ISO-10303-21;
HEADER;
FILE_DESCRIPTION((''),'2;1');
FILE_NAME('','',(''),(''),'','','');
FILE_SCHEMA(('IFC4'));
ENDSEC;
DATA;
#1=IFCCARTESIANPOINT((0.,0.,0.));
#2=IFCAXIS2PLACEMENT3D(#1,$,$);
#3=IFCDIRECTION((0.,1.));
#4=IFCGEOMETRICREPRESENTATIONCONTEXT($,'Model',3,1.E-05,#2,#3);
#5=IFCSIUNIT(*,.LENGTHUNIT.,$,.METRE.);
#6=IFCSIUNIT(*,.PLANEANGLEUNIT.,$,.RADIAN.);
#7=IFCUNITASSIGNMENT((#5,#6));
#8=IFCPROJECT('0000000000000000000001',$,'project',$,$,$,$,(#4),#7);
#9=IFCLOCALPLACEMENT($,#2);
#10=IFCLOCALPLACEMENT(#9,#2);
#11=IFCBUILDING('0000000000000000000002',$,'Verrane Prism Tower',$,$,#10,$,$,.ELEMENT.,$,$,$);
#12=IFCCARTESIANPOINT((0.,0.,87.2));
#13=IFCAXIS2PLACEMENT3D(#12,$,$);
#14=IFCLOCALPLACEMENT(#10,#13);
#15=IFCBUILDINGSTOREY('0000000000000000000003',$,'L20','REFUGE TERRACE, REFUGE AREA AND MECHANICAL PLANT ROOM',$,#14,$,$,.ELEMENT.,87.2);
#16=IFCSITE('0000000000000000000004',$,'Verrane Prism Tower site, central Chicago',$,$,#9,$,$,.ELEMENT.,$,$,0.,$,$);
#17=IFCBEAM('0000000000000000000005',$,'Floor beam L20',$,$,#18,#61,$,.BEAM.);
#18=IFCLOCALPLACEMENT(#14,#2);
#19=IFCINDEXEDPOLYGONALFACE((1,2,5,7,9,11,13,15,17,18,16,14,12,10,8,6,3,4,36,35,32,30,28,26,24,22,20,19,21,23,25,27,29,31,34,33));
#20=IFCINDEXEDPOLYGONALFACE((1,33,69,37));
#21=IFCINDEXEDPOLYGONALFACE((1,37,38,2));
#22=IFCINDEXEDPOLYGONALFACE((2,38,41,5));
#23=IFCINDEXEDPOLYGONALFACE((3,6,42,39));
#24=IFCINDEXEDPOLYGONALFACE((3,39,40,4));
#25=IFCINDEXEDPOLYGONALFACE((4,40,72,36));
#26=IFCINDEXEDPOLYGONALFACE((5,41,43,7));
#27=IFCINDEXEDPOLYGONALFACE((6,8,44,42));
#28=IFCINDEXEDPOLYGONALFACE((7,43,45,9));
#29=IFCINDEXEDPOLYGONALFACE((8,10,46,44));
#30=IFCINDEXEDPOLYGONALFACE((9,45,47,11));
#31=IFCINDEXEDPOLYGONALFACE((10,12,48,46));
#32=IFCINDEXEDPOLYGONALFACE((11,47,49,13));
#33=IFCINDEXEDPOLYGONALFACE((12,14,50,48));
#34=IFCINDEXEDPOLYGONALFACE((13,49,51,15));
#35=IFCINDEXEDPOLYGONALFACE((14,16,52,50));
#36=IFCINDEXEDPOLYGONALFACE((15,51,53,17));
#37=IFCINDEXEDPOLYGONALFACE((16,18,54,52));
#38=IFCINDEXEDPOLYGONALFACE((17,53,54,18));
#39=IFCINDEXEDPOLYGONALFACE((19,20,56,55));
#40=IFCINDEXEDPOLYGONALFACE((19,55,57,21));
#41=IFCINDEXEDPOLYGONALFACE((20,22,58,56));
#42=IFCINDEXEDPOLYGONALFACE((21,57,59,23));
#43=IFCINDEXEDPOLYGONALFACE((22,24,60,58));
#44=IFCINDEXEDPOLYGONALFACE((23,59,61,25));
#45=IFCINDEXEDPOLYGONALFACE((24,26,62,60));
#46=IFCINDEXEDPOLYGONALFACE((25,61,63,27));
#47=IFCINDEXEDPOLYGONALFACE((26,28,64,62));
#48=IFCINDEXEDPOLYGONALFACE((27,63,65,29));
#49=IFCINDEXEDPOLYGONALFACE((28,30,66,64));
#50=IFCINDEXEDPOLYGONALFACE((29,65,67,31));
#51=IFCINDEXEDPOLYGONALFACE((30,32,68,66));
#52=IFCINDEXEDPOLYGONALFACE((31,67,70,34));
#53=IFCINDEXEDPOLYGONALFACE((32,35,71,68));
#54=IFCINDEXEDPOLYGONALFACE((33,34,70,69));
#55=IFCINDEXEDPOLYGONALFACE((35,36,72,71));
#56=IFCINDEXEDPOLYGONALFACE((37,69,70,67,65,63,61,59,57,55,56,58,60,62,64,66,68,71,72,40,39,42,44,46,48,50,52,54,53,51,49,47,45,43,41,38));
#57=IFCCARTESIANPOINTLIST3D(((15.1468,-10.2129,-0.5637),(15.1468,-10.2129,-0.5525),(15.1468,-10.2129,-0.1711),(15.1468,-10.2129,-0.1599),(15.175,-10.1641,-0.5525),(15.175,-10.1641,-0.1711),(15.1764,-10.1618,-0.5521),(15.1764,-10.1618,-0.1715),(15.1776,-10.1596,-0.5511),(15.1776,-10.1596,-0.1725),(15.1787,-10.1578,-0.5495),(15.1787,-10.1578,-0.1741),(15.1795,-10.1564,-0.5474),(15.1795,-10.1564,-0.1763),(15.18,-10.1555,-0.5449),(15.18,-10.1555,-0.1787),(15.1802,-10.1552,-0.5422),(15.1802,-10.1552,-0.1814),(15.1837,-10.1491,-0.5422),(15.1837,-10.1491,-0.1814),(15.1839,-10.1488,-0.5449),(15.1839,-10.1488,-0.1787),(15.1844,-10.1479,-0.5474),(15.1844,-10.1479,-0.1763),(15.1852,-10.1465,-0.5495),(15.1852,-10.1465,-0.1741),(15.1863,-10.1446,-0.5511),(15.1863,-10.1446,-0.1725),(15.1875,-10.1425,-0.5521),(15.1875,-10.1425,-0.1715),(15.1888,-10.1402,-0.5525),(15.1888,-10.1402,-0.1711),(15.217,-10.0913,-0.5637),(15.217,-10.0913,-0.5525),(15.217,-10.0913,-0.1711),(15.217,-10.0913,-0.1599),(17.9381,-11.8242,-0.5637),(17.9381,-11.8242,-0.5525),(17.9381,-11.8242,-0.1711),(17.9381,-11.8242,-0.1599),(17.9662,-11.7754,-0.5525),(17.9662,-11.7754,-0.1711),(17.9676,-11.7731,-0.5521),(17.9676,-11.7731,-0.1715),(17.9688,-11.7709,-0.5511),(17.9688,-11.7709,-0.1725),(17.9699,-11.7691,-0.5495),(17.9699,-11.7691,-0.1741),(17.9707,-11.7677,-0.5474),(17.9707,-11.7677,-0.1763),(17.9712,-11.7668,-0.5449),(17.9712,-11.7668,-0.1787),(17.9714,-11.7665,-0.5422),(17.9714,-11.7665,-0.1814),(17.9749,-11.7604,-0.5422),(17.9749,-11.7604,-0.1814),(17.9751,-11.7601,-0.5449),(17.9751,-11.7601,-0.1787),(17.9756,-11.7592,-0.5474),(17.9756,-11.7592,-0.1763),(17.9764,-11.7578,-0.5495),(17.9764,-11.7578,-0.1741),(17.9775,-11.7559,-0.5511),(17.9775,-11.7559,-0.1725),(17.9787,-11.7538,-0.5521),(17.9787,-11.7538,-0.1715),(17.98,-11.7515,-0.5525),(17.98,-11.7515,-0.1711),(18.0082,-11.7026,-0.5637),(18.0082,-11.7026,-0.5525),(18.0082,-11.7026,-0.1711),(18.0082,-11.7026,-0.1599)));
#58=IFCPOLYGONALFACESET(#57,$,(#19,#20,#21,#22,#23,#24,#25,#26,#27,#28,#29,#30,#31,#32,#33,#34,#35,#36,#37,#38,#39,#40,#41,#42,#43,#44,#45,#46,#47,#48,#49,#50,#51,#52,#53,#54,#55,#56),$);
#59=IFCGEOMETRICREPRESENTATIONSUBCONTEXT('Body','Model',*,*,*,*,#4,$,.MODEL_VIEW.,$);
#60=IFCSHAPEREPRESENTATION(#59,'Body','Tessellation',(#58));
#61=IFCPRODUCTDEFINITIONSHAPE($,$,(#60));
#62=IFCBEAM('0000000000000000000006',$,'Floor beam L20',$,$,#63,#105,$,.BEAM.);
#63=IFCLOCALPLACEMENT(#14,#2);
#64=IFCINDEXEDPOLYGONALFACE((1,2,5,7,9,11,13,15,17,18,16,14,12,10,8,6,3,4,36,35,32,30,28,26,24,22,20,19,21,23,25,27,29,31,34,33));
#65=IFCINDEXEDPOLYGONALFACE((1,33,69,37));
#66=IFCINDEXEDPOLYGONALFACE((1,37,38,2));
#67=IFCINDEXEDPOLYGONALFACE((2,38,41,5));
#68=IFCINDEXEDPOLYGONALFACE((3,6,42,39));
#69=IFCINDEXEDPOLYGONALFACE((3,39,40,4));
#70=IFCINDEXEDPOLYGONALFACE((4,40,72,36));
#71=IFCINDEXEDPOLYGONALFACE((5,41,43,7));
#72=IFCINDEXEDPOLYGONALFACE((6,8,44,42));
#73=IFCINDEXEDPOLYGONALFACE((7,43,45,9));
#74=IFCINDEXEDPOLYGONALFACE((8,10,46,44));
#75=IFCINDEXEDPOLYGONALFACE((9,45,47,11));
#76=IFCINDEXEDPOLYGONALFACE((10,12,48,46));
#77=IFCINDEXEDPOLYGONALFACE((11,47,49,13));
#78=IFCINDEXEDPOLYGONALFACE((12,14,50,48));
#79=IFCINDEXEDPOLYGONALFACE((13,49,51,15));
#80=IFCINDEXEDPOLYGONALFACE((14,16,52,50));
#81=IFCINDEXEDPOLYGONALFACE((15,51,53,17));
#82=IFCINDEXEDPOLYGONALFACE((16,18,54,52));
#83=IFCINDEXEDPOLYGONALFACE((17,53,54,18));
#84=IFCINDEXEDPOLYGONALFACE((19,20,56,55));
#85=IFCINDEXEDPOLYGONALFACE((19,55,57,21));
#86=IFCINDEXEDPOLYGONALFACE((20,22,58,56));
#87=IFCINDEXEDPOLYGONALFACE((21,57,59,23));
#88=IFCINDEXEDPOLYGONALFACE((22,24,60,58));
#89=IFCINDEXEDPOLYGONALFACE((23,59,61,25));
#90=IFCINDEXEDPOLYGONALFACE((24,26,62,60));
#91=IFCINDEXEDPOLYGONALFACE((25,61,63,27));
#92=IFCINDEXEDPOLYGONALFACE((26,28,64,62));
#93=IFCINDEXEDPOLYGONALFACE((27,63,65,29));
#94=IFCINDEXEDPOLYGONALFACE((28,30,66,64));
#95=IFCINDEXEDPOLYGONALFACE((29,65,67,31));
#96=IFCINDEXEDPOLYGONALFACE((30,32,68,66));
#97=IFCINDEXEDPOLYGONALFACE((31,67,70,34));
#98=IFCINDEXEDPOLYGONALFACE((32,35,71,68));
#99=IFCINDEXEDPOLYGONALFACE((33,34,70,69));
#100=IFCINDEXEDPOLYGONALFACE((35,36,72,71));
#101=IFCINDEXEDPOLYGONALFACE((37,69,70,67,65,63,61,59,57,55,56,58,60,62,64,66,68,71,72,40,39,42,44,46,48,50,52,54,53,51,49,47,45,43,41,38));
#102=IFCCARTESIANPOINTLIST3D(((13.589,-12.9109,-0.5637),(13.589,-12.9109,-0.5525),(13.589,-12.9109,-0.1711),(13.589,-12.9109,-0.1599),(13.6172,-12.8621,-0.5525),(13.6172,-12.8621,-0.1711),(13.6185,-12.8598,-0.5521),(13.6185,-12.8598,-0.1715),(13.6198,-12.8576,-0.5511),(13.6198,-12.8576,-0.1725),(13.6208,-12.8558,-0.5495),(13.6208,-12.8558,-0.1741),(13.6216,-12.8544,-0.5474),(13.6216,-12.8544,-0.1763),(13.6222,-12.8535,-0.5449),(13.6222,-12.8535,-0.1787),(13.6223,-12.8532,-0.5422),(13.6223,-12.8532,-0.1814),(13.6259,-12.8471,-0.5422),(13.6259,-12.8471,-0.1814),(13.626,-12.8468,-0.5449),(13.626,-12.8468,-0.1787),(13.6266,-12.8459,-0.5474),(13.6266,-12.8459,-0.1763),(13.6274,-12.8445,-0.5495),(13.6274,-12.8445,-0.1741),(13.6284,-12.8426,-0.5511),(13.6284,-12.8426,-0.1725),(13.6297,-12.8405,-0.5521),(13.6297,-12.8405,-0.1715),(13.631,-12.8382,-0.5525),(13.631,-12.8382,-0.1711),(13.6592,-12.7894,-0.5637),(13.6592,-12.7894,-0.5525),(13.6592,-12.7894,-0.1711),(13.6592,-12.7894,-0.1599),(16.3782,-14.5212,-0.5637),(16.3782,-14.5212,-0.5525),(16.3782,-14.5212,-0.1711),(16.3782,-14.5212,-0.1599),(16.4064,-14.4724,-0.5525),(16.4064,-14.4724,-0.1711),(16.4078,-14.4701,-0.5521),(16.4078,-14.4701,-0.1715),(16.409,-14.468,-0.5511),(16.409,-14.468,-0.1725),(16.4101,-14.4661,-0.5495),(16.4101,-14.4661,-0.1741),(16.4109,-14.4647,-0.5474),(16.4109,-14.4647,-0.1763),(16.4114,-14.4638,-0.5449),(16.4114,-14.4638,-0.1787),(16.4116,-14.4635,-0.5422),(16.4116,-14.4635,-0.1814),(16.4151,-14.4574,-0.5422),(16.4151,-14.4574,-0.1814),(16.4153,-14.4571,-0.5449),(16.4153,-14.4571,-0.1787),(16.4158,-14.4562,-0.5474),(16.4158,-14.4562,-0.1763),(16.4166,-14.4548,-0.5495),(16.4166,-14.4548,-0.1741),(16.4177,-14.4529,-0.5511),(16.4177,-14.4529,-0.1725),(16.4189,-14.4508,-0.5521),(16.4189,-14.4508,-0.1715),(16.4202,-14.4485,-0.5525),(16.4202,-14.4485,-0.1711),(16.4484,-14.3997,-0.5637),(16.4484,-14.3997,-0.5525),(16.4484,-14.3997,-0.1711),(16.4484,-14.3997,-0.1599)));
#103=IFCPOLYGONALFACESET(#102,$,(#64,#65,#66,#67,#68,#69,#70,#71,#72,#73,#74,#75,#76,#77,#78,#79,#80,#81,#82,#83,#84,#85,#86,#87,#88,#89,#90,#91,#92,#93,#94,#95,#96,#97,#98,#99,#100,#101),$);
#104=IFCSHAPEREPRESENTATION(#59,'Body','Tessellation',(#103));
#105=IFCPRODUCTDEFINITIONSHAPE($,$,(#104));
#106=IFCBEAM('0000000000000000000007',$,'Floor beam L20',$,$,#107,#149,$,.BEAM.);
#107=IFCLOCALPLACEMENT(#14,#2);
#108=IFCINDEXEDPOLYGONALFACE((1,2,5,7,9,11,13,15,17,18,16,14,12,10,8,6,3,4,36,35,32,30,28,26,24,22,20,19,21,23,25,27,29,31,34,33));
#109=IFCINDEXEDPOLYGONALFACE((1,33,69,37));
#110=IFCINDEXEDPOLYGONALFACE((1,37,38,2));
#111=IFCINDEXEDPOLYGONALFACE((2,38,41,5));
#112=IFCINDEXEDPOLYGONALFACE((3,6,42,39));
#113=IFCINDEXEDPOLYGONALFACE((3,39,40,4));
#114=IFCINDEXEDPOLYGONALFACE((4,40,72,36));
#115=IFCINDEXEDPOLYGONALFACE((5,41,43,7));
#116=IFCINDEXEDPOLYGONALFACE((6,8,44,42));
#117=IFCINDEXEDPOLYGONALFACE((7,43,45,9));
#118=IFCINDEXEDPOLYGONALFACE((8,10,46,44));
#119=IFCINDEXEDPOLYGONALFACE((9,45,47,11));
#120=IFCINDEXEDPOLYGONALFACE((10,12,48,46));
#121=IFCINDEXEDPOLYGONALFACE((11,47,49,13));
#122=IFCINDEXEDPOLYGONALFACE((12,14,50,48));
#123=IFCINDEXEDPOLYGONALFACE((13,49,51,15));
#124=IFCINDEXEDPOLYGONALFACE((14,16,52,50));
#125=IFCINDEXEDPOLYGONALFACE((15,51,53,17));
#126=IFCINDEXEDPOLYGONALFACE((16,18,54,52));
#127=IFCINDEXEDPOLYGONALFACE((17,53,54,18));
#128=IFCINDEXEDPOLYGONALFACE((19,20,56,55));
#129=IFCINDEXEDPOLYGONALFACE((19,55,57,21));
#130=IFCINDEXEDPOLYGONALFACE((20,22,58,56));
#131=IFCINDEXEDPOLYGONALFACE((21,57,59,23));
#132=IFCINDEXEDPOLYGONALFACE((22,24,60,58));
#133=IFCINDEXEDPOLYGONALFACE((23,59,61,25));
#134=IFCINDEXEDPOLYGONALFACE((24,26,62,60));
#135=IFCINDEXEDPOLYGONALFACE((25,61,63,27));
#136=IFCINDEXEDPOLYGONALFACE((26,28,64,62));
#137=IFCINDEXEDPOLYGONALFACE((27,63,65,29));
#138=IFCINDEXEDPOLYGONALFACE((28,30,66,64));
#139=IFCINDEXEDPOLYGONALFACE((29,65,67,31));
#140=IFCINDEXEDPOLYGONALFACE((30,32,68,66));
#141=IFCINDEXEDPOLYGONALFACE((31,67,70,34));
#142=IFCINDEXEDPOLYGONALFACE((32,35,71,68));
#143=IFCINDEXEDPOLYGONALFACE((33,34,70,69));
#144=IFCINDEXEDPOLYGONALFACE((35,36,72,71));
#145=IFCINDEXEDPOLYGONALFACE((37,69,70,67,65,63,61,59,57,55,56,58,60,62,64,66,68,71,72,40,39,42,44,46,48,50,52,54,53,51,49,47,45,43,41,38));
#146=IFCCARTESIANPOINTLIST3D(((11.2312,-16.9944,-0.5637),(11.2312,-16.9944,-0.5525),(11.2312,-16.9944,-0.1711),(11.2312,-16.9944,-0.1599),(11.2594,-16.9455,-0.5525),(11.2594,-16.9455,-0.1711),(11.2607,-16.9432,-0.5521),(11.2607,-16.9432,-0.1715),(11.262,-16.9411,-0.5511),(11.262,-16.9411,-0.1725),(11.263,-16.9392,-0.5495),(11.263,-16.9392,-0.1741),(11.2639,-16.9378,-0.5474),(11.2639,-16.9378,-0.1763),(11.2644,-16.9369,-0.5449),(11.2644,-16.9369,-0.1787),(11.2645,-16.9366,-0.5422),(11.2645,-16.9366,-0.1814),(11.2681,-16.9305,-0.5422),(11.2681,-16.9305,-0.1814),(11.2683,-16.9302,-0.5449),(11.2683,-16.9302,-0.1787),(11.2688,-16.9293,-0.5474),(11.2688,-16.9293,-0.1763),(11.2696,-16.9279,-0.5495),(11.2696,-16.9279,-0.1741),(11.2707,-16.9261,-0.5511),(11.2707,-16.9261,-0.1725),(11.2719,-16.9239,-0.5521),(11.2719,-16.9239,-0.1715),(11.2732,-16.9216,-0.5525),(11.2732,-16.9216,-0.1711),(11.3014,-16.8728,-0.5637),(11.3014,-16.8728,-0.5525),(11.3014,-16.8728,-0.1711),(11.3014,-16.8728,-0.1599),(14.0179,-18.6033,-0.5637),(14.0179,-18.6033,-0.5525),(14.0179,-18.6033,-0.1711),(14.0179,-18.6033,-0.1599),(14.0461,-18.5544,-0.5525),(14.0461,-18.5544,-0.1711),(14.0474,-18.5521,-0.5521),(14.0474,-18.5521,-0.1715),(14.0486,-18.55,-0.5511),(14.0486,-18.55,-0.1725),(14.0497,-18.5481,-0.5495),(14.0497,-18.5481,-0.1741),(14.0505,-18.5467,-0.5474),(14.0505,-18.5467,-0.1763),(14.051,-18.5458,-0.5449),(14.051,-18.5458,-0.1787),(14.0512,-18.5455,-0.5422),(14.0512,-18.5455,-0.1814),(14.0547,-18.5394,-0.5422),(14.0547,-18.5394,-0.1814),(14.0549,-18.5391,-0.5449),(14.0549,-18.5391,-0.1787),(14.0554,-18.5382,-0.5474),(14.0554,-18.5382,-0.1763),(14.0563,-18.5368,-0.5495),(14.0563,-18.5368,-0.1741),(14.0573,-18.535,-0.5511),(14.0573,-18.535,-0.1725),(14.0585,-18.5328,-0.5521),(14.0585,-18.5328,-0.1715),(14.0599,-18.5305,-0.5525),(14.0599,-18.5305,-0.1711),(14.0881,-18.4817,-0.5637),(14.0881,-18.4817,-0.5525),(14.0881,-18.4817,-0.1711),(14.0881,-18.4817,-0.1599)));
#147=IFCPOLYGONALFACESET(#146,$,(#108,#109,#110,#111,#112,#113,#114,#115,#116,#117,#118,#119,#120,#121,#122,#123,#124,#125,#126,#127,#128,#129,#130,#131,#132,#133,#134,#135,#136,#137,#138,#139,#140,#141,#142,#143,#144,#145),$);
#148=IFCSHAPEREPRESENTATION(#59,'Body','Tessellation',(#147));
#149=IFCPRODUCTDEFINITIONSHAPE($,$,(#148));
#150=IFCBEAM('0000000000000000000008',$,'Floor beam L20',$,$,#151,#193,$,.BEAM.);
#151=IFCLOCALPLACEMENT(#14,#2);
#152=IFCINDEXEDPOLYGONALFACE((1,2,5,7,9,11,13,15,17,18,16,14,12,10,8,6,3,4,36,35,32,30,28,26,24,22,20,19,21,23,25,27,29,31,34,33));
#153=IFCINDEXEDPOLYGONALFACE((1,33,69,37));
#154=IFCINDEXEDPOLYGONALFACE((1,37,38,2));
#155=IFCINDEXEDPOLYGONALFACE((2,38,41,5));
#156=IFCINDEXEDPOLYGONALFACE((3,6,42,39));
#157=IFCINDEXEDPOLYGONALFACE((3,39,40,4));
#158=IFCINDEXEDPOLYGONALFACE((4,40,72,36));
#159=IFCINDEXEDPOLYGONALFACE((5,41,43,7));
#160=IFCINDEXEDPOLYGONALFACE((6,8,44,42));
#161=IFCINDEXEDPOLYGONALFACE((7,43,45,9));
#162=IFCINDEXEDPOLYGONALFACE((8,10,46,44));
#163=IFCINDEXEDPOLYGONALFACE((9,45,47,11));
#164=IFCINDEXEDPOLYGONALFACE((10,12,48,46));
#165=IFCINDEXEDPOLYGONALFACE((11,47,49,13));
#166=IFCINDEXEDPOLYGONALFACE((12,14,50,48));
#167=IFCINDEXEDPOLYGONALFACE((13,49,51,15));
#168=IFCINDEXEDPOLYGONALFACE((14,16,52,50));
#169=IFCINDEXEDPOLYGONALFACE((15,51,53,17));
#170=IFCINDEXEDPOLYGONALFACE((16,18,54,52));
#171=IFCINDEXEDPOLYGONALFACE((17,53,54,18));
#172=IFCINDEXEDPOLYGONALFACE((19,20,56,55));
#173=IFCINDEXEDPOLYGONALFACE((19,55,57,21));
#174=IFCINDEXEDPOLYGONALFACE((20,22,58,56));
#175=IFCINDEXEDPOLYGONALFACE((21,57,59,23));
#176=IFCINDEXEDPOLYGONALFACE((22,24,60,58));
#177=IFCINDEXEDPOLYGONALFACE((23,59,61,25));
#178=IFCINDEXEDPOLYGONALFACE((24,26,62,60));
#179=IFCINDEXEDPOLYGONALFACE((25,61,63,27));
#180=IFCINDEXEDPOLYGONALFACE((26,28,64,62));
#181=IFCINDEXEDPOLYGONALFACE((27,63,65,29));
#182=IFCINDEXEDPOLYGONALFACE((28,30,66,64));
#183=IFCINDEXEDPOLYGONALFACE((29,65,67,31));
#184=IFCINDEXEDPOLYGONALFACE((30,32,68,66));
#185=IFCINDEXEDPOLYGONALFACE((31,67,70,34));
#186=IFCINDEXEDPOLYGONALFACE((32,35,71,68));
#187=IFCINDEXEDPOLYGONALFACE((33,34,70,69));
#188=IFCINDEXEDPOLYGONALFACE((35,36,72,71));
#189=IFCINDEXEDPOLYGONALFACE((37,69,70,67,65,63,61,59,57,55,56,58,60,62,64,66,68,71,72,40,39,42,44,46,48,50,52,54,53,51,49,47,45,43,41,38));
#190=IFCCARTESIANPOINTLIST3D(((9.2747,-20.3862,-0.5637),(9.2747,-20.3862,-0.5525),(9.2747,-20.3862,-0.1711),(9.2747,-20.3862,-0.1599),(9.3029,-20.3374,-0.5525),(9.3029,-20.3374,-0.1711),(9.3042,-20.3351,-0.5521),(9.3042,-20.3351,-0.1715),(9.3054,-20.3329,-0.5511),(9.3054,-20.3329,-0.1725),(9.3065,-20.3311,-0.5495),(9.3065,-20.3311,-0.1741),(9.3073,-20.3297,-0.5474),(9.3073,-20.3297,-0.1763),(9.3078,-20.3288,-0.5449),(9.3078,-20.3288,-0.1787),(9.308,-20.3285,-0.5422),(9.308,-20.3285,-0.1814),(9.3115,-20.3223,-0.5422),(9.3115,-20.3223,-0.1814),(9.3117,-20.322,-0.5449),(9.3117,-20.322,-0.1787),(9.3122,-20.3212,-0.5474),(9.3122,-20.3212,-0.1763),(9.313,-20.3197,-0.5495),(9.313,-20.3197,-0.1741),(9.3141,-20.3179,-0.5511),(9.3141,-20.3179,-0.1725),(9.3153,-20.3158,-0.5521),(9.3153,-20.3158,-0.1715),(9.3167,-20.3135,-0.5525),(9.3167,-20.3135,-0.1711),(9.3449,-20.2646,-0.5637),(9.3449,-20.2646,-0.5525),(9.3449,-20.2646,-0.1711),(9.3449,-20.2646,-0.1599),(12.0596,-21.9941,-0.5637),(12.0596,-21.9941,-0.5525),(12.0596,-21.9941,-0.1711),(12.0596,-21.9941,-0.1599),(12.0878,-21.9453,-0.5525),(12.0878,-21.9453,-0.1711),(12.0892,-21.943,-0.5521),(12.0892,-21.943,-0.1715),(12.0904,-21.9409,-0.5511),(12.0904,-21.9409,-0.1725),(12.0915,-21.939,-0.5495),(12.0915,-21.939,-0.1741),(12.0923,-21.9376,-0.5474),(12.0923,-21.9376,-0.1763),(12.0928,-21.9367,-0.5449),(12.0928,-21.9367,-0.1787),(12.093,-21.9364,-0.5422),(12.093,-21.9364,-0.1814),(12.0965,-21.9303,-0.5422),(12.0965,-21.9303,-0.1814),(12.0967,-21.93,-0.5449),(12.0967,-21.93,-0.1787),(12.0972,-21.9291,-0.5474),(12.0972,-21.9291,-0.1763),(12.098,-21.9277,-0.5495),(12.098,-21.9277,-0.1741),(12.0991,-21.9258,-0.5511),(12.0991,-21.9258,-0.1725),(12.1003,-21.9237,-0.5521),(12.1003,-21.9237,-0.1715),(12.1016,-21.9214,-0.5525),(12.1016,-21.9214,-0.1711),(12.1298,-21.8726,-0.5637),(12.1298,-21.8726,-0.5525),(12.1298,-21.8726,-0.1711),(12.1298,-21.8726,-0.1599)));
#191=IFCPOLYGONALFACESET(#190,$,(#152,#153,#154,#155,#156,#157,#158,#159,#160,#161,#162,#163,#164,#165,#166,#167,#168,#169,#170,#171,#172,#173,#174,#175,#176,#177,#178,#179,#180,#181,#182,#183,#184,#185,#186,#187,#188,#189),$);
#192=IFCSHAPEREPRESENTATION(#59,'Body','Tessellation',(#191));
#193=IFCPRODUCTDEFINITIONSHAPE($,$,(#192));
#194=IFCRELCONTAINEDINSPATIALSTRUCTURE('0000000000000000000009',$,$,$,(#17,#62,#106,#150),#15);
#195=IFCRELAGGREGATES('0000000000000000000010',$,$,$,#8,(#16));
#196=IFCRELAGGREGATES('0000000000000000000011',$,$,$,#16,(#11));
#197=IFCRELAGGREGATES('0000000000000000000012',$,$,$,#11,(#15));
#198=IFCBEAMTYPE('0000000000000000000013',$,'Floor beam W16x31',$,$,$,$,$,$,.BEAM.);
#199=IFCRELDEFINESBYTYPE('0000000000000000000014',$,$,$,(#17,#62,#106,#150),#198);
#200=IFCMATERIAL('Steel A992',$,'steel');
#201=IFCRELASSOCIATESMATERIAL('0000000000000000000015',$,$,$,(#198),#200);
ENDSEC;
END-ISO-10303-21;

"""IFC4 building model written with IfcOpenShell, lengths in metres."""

from ifc_helpers import new_model, si_unit, direction, frame, origin, origin_2d, place, context, subcontext, project, spatial, i_section, extrude, material, material_profile, profile_set, type_object, element, save


model = new_model("IFC4")

# Units and contexts
model_context = context("Model", 3, precision=1e-05, world=origin(), true_north=direction((0.0, 1.0)))
body_context = subcontext(model_context, "Body", "Model", "MODEL_VIEW")
ifc_project = project(units=[si_unit("LENGTHUNIT", "METRE"), si_unit("PLANEANGLEUNIT", "RADIAN")], contexts=[model_context])

# Site, building, storey
site_placement = place(None, origin())
site = spatial("IfcSite", under=ifc_project, at=site_placement, Name="Verrane Prism Tower site, central Chicago", CompositionType="ELEMENT", RefElevation=0.0)
building_placement = place(site_placement, origin())
building = spatial("IfcBuilding", under=site, at=building_placement, Name="Verrane Prism Tower", CompositionType="ELEMENT")
storey_placement = place(building_placement, frame((0.0, 0.0, 87.2)))
storey = spatial("IfcBuildingStorey", under=building, at=storey_placement, Name="L20", Description="REFUGE TERRACE, REFUGE AREA AND MECHANICAL PLANT ROOM", CompositionType="ELEMENT", Elevation=87.2)

# Beams
ifc_material_1 = material(Name="Steel A992", Category="steel")
ifc_material_profile_1 = material_profile(ifc_material_1, i_section(OverallWidth=0.1404, OverallDepth=0.4038, WebThickness=0.0071, FlangeThickness=0.0112, FilletRadius=0.0103, at=origin_2d()), Name="W16x31")
ifc_profile_set_1 = profile_set([ifc_material_profile_1], Name="Steel A992")
beam_type_1 = type_object("IfcBeamType", Name="Floor beam W16x31", PredefinedType="BEAM", material=ifc_profile_set_1)
beam_1_placement = place(storey_placement, frame((17.9731, -11.7634, -0.3618), z_axis=(-0.866053, 0.499952, 0.0), x_axis=(-0.499952, -0.866053, 0.0)))
element("IfcBeam", 1, at=beam_1_placement, inside=storey, type_object=beam_type_1, Name="Floor beam L20", PredefinedType="BEAM", context=body_context, shape_type="SweptSolid", body=[
    extrude(i_section(OverallWidth=0.1404, OverallDepth=0.4038, WebThickness=0.0071, FlangeThickness=0.0112, FilletRadius=0.0103, at=origin_2d()), origin(), (0.0, 0.0, 1.0), 3.2229),
])
beam_2_placement = place(storey_placement, frame((16.4133, -14.4604, -0.3618), z_axis=(-0.866033, 0.499987, 0.0), x_axis=(-0.499987, -0.866033, 0.0)))
element("IfcBeam", 2, at=beam_2_placement, inside=storey, type_object=beam_type_1, Name="Floor beam L20", PredefinedType="BEAM", context=body_context, shape_type="SweptSolid", body=[
    extrude(i_section(OverallWidth=0.1404, OverallDepth=0.4038, WebThickness=0.0071, FlangeThickness=0.0112, FilletRadius=0.0103, at=origin_2d()), origin(), (0.0, 0.0, 1.0), 3.2207),
])
beam_3_placement = place(storey_placement, frame((14.053, -18.5425, -0.3618), z_axis=(-0.866021, 0.500007, 0.0), x_axis=(-0.500007, -0.866021, 0.0)))
element("IfcBeam", 3, at=beam_3_placement, inside=storey, type_object=beam_type_1, Name="Floor beam L20", PredefinedType="BEAM", context=body_context, shape_type="SweptSolid", body=[
    extrude(i_section(OverallWidth=0.1404, OverallDepth=0.4038, WebThickness=0.0071, FlangeThickness=0.0112, FilletRadius=0.0103, at=origin_2d()), origin(), (0.0, 0.0, 1.0), 3.2178),
])
beam_4_placement = place(storey_placement, frame((12.0947, -21.9333, -0.3618), z_axis=(-0.86602, 0.500009, 0.0), x_axis=(-0.500009, -0.86602, 0.0)))
element("IfcBeam", 4, at=beam_4_placement, inside=storey, type_object=beam_type_1, Name="Floor beam L20", PredefinedType="BEAM", context=body_context, shape_type="SweptSolid", body=[
    extrude(i_section(OverallWidth=0.1404, OverallDepth=0.4038, WebThickness=0.0071, FlangeThickness=0.0112, FilletRadius=0.0103, at=origin_2d()), origin(), (0.0, 0.0, 1.0), 3.2158),
])

save(model, "model.ifc")
